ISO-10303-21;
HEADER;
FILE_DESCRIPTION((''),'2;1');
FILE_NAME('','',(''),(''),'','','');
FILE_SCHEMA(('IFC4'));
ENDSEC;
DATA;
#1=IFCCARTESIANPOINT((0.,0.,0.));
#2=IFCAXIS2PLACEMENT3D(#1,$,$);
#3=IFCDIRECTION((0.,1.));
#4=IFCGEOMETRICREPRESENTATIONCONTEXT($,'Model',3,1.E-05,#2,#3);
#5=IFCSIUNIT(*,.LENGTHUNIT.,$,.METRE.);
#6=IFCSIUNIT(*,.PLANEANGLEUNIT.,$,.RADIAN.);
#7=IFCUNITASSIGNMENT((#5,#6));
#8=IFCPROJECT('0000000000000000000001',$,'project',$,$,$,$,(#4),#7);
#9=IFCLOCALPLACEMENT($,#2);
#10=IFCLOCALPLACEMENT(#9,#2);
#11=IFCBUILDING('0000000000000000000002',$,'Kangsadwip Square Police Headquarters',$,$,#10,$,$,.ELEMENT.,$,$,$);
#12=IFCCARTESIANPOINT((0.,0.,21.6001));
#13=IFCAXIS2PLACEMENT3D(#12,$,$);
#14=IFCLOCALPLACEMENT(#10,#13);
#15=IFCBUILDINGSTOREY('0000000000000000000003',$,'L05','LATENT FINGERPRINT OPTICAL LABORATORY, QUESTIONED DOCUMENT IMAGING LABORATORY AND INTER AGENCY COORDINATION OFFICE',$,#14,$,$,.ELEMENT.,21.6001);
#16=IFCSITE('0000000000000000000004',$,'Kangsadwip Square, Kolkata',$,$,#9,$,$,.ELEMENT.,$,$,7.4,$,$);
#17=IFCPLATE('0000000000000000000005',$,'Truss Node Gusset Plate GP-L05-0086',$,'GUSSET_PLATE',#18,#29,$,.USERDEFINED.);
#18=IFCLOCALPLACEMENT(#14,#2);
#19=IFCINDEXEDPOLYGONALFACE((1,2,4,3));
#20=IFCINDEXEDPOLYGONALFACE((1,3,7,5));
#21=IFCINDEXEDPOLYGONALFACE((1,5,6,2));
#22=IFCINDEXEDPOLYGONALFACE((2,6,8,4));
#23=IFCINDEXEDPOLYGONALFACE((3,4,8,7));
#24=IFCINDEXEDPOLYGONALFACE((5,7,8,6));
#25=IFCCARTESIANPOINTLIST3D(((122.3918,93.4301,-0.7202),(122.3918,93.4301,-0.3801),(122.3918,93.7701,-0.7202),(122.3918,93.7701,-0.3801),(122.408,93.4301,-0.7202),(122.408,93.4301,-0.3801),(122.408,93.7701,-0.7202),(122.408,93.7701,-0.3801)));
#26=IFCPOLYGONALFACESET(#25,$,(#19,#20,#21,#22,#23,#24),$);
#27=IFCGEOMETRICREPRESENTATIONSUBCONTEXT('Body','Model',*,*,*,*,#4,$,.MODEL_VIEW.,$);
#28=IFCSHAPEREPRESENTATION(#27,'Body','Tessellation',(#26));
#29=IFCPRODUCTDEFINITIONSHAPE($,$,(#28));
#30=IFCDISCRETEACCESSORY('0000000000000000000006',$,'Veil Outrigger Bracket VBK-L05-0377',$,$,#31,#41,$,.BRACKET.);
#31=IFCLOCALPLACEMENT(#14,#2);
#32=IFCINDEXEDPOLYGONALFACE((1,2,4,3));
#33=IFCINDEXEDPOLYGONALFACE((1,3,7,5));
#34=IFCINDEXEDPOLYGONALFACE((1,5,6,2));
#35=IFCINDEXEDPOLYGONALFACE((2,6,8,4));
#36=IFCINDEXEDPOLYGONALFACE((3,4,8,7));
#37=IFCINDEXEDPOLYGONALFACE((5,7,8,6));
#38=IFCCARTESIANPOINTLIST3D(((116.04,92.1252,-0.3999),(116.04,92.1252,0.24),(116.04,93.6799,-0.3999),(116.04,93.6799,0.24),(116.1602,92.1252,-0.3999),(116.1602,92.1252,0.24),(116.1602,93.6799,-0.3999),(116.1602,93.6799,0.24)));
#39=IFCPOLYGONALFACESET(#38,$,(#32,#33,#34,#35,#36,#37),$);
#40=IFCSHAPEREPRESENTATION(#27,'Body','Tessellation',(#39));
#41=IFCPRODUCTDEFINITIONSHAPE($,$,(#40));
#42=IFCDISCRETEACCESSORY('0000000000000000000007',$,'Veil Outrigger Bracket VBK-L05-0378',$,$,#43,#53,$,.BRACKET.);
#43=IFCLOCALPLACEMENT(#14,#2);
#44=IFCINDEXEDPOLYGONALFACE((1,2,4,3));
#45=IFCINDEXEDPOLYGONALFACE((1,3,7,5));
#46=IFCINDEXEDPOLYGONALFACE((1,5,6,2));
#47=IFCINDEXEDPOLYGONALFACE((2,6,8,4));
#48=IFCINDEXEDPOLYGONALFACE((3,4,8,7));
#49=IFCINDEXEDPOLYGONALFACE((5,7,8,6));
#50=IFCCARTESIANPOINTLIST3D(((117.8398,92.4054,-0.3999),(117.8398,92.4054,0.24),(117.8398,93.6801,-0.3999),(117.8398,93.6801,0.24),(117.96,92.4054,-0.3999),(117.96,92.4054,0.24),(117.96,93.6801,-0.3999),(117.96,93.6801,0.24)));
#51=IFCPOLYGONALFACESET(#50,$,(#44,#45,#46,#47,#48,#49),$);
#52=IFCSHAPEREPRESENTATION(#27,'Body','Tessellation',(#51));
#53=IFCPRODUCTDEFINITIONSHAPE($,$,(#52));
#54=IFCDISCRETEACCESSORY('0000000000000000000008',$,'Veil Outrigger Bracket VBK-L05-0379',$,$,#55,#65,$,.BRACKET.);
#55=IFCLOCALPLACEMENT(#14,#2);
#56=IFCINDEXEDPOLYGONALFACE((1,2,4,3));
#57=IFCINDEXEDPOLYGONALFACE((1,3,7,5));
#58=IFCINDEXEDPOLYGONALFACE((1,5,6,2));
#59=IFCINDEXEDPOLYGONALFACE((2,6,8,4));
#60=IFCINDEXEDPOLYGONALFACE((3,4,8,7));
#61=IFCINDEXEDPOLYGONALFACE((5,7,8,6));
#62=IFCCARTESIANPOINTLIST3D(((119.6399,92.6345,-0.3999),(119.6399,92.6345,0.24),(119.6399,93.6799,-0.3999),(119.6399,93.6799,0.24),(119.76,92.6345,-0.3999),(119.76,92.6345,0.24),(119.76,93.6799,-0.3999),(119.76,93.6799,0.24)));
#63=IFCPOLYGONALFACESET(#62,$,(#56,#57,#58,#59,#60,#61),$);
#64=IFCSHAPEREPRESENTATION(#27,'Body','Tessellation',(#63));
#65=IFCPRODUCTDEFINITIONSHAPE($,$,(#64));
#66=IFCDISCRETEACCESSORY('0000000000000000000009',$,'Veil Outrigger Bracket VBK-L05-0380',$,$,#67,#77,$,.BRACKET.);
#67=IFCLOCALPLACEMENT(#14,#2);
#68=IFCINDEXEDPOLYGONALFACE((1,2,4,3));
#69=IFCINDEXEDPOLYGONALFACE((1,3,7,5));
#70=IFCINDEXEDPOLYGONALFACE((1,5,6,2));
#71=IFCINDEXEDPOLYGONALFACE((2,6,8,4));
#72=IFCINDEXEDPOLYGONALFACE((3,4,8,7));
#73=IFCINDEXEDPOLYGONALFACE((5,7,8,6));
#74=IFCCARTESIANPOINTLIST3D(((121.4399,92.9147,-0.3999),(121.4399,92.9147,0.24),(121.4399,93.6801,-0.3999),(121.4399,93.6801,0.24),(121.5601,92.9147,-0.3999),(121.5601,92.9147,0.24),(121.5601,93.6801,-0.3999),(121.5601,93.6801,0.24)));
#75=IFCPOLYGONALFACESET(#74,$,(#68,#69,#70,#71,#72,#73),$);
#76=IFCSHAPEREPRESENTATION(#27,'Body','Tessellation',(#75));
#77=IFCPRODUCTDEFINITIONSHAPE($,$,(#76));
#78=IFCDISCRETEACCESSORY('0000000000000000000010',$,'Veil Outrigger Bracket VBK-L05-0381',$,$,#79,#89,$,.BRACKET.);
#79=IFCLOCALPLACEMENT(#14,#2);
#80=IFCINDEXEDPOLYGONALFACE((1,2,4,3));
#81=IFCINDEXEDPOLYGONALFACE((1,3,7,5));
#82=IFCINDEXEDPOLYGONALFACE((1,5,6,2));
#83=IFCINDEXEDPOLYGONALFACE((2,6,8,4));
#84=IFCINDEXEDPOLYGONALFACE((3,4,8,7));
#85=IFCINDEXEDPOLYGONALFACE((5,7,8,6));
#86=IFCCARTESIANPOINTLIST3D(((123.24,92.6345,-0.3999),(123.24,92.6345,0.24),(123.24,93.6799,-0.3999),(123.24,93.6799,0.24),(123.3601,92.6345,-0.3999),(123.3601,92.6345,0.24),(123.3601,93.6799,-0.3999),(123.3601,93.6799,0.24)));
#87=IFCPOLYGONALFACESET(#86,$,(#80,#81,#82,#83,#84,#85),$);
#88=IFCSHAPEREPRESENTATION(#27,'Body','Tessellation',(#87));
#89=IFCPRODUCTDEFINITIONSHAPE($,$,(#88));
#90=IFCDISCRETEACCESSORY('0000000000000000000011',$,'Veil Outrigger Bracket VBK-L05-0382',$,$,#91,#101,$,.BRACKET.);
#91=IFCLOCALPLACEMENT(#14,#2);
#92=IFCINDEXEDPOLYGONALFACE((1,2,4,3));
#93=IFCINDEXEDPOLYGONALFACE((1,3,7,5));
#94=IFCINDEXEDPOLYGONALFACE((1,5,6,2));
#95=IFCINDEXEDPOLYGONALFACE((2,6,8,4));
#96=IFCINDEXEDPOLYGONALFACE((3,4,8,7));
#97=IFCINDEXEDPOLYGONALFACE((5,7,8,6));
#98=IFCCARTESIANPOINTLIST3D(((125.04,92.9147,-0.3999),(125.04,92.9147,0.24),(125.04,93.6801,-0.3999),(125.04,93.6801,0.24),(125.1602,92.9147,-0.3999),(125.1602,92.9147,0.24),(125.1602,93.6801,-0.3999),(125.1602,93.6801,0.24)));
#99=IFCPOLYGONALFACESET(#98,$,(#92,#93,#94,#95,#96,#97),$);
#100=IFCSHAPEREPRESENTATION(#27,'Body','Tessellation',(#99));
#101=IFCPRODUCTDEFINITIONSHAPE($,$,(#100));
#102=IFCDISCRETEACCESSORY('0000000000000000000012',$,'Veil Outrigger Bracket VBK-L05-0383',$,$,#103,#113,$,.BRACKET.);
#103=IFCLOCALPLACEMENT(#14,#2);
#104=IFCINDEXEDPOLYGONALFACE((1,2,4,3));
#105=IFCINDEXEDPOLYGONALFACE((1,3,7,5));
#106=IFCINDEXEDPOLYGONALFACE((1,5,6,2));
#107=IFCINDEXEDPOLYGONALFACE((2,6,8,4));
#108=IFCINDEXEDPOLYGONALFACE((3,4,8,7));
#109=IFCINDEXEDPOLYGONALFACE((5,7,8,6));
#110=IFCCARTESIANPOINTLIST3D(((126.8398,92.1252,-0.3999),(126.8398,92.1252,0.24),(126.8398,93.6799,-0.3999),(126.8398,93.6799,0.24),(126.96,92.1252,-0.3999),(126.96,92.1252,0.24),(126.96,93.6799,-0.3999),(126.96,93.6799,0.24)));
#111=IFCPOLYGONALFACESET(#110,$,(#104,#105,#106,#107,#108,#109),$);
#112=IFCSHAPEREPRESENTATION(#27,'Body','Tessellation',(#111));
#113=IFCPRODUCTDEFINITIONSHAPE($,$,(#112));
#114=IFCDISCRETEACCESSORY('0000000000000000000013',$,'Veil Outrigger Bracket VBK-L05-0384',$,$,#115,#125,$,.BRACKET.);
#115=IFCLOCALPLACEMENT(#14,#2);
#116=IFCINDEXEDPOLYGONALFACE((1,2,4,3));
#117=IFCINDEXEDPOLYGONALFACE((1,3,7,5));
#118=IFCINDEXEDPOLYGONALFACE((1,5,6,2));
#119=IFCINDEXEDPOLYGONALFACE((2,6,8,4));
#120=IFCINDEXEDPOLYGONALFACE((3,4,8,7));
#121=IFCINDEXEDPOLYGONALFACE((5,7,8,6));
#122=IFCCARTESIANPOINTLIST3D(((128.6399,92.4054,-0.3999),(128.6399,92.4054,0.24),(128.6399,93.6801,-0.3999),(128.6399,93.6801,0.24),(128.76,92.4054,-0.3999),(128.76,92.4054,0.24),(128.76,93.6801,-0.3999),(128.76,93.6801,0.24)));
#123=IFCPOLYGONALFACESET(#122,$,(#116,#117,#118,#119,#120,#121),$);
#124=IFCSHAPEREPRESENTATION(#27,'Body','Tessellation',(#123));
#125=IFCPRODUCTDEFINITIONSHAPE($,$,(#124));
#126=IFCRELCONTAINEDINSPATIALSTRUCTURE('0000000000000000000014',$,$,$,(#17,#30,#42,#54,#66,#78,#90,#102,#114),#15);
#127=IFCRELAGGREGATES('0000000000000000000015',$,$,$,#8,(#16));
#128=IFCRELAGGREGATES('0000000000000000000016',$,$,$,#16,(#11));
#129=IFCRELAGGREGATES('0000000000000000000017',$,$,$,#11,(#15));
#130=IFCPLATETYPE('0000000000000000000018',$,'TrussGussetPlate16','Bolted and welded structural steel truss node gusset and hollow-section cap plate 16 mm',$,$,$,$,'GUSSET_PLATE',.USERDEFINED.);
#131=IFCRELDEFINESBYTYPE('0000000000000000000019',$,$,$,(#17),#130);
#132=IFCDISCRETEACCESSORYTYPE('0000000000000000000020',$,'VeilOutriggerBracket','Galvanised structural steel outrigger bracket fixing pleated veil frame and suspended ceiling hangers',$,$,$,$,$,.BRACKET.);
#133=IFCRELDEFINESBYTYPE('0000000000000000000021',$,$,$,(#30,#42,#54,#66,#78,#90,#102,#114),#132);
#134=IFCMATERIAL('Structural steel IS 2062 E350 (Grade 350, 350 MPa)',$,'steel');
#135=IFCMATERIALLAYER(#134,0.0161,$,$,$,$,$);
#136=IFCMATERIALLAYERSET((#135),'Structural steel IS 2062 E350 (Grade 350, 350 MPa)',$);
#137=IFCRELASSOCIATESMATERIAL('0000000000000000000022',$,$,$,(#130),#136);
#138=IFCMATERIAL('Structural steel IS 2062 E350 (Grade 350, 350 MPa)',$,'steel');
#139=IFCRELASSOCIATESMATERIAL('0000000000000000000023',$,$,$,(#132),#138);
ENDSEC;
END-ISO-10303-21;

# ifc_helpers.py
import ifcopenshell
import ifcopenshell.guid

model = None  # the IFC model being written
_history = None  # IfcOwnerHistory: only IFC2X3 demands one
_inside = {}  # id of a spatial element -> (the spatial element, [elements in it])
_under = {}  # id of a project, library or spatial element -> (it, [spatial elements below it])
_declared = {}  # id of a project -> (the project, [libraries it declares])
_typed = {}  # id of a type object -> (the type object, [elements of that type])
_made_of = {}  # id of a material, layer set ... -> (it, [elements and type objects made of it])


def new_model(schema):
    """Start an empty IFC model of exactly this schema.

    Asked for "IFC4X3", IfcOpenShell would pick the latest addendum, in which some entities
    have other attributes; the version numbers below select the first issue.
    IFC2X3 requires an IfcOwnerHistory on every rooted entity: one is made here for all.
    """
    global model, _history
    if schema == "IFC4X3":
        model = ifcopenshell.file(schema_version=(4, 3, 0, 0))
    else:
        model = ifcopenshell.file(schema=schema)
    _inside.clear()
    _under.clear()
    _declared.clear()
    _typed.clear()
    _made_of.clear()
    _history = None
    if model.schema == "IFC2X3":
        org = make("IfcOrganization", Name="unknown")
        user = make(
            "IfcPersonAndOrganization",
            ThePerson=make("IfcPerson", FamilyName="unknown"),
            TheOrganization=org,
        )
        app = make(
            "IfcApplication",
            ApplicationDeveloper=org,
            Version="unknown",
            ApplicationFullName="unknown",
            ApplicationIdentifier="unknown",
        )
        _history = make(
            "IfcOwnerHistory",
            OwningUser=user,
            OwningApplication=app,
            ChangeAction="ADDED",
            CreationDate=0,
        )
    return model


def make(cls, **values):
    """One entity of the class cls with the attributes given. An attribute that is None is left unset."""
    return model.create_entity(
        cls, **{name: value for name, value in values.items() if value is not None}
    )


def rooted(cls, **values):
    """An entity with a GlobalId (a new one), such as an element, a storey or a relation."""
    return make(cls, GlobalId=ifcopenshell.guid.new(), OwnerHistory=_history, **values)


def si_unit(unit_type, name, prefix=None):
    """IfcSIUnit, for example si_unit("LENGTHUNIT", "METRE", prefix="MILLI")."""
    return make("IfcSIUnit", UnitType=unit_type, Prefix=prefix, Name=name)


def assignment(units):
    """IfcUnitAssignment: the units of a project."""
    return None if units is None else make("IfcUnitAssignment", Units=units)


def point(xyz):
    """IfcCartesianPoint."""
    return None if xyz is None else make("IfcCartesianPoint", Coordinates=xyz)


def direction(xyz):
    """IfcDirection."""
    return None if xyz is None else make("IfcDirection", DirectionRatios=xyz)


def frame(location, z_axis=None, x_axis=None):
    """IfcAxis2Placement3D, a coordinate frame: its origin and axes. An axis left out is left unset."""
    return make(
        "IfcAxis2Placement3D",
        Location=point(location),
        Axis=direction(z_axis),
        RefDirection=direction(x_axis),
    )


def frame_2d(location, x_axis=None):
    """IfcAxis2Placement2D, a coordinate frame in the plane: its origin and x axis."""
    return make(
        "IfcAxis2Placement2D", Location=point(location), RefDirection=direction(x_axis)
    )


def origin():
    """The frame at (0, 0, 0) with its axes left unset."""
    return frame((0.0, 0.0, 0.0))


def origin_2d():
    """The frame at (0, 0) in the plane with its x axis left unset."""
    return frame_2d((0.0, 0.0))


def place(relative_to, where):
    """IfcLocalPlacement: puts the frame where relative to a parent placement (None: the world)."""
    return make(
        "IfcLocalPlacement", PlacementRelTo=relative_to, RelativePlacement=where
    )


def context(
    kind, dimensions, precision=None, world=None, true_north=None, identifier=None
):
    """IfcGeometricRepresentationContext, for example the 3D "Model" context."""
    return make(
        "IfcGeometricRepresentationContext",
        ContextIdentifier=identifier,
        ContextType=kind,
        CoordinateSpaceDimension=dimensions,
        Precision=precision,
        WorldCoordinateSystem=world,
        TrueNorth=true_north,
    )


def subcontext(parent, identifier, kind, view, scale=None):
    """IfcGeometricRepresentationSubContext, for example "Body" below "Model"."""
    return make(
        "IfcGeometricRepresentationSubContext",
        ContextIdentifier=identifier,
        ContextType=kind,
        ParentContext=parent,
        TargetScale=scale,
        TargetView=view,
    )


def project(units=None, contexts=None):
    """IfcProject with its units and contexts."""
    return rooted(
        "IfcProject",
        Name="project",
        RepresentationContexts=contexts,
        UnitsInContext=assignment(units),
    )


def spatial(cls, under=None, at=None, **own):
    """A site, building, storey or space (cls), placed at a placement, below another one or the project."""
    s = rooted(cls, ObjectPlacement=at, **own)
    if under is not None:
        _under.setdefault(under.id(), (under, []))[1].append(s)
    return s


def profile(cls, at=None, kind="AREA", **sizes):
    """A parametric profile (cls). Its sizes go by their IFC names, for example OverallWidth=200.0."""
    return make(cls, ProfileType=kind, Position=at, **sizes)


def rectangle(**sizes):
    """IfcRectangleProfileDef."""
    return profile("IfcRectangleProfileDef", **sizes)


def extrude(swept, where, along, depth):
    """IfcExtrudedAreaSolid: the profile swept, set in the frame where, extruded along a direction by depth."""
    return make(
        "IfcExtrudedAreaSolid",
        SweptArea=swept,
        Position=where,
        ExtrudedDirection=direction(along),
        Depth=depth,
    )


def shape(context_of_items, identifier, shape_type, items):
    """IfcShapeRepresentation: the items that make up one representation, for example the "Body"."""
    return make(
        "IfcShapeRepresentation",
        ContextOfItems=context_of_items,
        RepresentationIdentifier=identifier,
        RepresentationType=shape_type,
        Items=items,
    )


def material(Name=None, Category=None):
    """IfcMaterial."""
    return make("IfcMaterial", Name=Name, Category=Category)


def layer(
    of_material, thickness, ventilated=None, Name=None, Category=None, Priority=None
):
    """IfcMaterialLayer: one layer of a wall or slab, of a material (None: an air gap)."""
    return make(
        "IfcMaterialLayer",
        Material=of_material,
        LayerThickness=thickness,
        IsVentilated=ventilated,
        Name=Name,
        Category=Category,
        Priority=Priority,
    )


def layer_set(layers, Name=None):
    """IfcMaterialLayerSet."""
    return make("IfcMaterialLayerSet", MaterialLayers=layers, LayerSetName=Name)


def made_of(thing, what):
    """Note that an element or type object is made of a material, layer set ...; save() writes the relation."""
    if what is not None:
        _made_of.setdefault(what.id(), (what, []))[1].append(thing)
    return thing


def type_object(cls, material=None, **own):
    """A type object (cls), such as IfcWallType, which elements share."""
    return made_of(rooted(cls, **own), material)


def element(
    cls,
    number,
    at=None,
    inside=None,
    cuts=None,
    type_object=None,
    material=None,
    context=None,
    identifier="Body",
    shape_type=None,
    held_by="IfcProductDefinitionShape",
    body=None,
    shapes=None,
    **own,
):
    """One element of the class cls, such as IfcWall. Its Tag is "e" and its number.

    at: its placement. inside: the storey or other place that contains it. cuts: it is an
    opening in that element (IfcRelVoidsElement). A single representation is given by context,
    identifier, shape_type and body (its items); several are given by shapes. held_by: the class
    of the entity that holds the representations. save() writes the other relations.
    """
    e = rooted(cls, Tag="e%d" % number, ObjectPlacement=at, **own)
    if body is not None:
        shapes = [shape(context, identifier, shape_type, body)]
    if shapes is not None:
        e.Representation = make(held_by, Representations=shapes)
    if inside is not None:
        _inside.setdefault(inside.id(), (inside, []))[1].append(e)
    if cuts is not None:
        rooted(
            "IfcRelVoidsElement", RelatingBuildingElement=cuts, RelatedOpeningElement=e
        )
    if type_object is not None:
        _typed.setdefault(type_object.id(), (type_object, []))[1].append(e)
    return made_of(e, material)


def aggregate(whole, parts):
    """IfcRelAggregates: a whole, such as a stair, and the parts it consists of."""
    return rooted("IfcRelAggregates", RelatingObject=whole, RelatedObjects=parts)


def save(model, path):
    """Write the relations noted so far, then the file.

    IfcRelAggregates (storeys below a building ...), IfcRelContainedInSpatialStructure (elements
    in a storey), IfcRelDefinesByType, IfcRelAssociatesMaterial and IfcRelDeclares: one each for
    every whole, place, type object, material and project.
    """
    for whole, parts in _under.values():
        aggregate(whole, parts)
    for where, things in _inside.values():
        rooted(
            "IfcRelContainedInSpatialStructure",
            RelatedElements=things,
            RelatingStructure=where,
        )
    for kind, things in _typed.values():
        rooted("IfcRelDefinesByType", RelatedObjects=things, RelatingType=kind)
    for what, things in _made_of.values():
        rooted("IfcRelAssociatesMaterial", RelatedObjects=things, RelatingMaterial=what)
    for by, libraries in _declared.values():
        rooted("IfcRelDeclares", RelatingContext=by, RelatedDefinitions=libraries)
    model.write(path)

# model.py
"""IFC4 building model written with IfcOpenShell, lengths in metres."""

from ifc_helpers import new_model, si_unit, direction, frame, origin, origin_2d, place, context, subcontext, project, spatial, rectangle, extrude, material, layer, layer_set, type_object, element, save


model = new_model("IFC4")

# Units and contexts
model_context = context("Model", 3, precision=1e-05, world=origin(), true_north=direction((0.0, 1.0)))
body_context = subcontext(model_context, "Body", "Model", "MODEL_VIEW")
ifc_project = project(units=[si_unit("LENGTHUNIT", "METRE"), si_unit("PLANEANGLEUNIT", "RADIAN")], contexts=[model_context])

# Site, building, storey
site_placement = place(None, origin())
site = spatial("IfcSite", under=ifc_project, at=site_placement, Name="Kangsadwip Square, Kolkata", CompositionType="ELEMENT", RefElevation=7.4)
building_placement = place(site_placement, origin())
building = spatial("IfcBuilding", under=site, at=building_placement, Name="Kangsadwip Square Police Headquarters", CompositionType="ELEMENT")
storey_placement = place(building_placement, frame((0.0, 0.0, 21.6001)))
storey = spatial("IfcBuildingStorey", under=building, at=storey_placement, Name="L05", Description="LATENT FINGERPRINT OPTICAL LABORATORY, QUESTIONED DOCUMENT IMAGING LABORATORY AND INTER AGENCY COORDINATION OFFICE", CompositionType="ELEMENT", Elevation=21.6001)

# Plate
ifc_material_1 = material(Name="Structural steel IS 2062 E350 (Grade 350, 350 MPa)", Category="steel")
ifc_layer_1 = layer(ifc_material_1, 0.0161)
ifc_layer_set_1 = layer_set([ifc_layer_1], Name="Structural steel IS 2062 E350 (Grade 350, 350 MPa)")
plate_type_1 = type_object("IfcPlateType", Name="TrussGussetPlate16", Description="Bolted and welded structural steel truss node gusset and hollow-section cap plate 16 mm", ElementType="GUSSET_PLATE", PredefinedType="USERDEFINED", material=ifc_layer_set_1)
for number, where, z_axis, x_axis, name in (
    (1, (122.3999, 93.6001, -0.7202), (0.0, 0.0, 1.0), (0.0, 1.0, 0.0), "Truss Node Gusset Plate GP-L05-0086"),
):
    element("IfcPlate", number, at=place(storey_placement, frame(where, z_axis=z_axis, x_axis=x_axis)), inside=storey, type_object=plate_type_1, Name=name, ObjectType="GUSSET_PLATE", PredefinedType="USERDEFINED", context=body_context, shape_type="SweptSolid", body=[
        extrude(rectangle(XDim=0.3401, YDim=0.0161, at=origin_2d()), origin(), (0.0, 0.0, 1.0), 0.3401),
    ])

# Discrete accessories
ifc_material_2 = material(Name="Structural steel IS 2062 E350 (Grade 350, 350 MPa)", Category="steel")
discrete_accessory_type = type_object("IfcDiscreteAccessoryType", Name="VeilOutriggerBracket", Description="Galvanised structural steel outrigger bracket fixing pleated veil frame and suspended ceiling hangers", PredefinedType="BRACKET", material=ifc_material_2)
discrete_accessory_1_placement = place(storey_placement, frame((116.1001, 92.9026, -0.3999), z_axis=(0.0, 0.0, 1.0), x_axis=(1.0, 0.0, 0.0)))
element("IfcDiscreteAccessory", 2, at=discrete_accessory_1_placement, inside=storey, type_object=discrete_accessory_type, Name="Veil Outrigger Bracket VBK-L05-0377", PredefinedType="BRACKET", context=body_context, shape_type="SweptSolid", body=[
    extrude(rectangle(XDim=0.1201, YDim=1.5547, at=origin_2d()), origin(), (0.0, 0.0, 1.0), 0.6399),
])
discrete_accessory_2_placement = place(storey_placement, frame((117.8999, 93.0427, -0.3999), z_axis=(0.0, 0.0, 1.0), x_axis=(1.0, 0.0, 0.0)))
element("IfcDiscreteAccessory", 3, at=discrete_accessory_2_placement, inside=storey, type_object=discrete_accessory_type, Name="Veil Outrigger Bracket VBK-L05-0378", PredefinedType="BRACKET", context=body_context, shape_type="SweptSolid", body=[
    extrude(rectangle(XDim=0.1201, YDim=1.2747, at=origin_2d()), origin(), (0.0, 0.0, 1.0), 0.6399),
])
discrete_accessory_3_placement = place(storey_placement, frame((119.7, 93.1572, -0.3999), z_axis=(0.0, 0.0, 1.0), x_axis=(1.0, 0.0, 0.0)))
element("IfcDiscreteAccessory", 4, at=discrete_accessory_3_placement, inside=storey, type_object=discrete_accessory_type, Name="Veil Outrigger Bracket VBK-L05-0379", PredefinedType="BRACKET", context=body_context, shape_type="SweptSolid", body=[
    extrude(rectangle(XDim=0.1201, YDim=1.0454, at=origin_2d()), origin(), (0.0, 0.0, 1.0), 0.6399),
])
discrete_accessory_4_placement = place(storey_placement, frame((121.5, 93.2974, -0.3999), z_axis=(0.0, 0.0, 1.0), x_axis=(1.0, 0.0, 0.0)))
element("IfcDiscreteAccessory", 5, at=discrete_accessory_4_placement, inside=storey, type_object=discrete_accessory_type, Name="Veil Outrigger Bracket VBK-L05-0380", PredefinedType="BRACKET", context=body_context, shape_type="SweptSolid", body=[
    extrude(rectangle(XDim=0.1201, YDim=0.7654, at=origin_2d()), origin(), (0.0, 0.0, 1.0), 0.6399),
])
discrete_accessory_5_placement = place(storey_placement, frame((123.3, 93.1572, -0.3999), z_axis=(0.0, 0.0, 1.0), x_axis=(1.0, 0.0, 0.0)))
element("IfcDiscreteAccessory", 6, at=discrete_accessory_5_placement, inside=storey, type_object=discrete_accessory_type, Name="Veil Outrigger Bracket VBK-L05-0381", PredefinedType="BRACKET", context=body_context, shape_type="SweptSolid", body=[
    extrude(rectangle(XDim=0.1201, YDim=1.0454, at=origin_2d()), origin(), (0.0, 0.0, 1.0), 0.6399),
])
discrete_accessory_6_placement = place(storey_placement, frame((125.1001, 93.2974, -0.3999), z_axis=(0.0, 0.0, 1.0), x_axis=(1.0, 0.0, 0.0)))
element("IfcDiscreteAccessory", 7, at=discrete_accessory_6_placement, inside=storey, type_object=discrete_accessory_type, Name="Veil Outrigger Bracket VBK-L05-0382", PredefinedType="BRACKET", context=body_context, shape_type="SweptSolid", body=[
    extrude(rectangle(XDim=0.1201, YDim=0.7654, at=origin_2d()), origin(), (0.0, 0.0, 1.0), 0.6399),
])
discrete_accessory_7_placement = place(storey_placement, frame((126.8999, 92.9026, -0.3999), z_axis=(0.0, 0.0, 1.0), x_axis=(1.0, 0.0, 0.0)))
element("IfcDiscreteAccessory", 8, at=discrete_accessory_7_placement, inside=storey, type_object=discrete_accessory_type, Name="Veil Outrigger Bracket VBK-L05-0383", PredefinedType="BRACKET", context=body_context, shape_type="SweptSolid", body=[
    extrude(rectangle(XDim=0.1201, YDim=1.5547, at=origin_2d()), origin(), (0.0, 0.0, 1.0), 0.6399),
])
discrete_accessory_8_placement = place(storey_placement, frame((128.7, 93.0427, -0.3999), z_axis=(0.0, 0.0, 1.0), x_axis=(1.0, 0.0, 0.0)))
element("IfcDiscreteAccessory", 9, at=discrete_accessory_8_placement, inside=storey, type_object=discrete_accessory_type, Name="Veil Outrigger Bracket VBK-L05-0384", PredefinedType="BRACKET", context=body_context, shape_type="SweptSolid", body=[
    extrude(rectangle(XDim=0.1201, YDim=1.2747, at=origin_2d()), origin(), (0.0, 0.0, 1.0), 0.6399),
])

save(model, "model.ifc")
